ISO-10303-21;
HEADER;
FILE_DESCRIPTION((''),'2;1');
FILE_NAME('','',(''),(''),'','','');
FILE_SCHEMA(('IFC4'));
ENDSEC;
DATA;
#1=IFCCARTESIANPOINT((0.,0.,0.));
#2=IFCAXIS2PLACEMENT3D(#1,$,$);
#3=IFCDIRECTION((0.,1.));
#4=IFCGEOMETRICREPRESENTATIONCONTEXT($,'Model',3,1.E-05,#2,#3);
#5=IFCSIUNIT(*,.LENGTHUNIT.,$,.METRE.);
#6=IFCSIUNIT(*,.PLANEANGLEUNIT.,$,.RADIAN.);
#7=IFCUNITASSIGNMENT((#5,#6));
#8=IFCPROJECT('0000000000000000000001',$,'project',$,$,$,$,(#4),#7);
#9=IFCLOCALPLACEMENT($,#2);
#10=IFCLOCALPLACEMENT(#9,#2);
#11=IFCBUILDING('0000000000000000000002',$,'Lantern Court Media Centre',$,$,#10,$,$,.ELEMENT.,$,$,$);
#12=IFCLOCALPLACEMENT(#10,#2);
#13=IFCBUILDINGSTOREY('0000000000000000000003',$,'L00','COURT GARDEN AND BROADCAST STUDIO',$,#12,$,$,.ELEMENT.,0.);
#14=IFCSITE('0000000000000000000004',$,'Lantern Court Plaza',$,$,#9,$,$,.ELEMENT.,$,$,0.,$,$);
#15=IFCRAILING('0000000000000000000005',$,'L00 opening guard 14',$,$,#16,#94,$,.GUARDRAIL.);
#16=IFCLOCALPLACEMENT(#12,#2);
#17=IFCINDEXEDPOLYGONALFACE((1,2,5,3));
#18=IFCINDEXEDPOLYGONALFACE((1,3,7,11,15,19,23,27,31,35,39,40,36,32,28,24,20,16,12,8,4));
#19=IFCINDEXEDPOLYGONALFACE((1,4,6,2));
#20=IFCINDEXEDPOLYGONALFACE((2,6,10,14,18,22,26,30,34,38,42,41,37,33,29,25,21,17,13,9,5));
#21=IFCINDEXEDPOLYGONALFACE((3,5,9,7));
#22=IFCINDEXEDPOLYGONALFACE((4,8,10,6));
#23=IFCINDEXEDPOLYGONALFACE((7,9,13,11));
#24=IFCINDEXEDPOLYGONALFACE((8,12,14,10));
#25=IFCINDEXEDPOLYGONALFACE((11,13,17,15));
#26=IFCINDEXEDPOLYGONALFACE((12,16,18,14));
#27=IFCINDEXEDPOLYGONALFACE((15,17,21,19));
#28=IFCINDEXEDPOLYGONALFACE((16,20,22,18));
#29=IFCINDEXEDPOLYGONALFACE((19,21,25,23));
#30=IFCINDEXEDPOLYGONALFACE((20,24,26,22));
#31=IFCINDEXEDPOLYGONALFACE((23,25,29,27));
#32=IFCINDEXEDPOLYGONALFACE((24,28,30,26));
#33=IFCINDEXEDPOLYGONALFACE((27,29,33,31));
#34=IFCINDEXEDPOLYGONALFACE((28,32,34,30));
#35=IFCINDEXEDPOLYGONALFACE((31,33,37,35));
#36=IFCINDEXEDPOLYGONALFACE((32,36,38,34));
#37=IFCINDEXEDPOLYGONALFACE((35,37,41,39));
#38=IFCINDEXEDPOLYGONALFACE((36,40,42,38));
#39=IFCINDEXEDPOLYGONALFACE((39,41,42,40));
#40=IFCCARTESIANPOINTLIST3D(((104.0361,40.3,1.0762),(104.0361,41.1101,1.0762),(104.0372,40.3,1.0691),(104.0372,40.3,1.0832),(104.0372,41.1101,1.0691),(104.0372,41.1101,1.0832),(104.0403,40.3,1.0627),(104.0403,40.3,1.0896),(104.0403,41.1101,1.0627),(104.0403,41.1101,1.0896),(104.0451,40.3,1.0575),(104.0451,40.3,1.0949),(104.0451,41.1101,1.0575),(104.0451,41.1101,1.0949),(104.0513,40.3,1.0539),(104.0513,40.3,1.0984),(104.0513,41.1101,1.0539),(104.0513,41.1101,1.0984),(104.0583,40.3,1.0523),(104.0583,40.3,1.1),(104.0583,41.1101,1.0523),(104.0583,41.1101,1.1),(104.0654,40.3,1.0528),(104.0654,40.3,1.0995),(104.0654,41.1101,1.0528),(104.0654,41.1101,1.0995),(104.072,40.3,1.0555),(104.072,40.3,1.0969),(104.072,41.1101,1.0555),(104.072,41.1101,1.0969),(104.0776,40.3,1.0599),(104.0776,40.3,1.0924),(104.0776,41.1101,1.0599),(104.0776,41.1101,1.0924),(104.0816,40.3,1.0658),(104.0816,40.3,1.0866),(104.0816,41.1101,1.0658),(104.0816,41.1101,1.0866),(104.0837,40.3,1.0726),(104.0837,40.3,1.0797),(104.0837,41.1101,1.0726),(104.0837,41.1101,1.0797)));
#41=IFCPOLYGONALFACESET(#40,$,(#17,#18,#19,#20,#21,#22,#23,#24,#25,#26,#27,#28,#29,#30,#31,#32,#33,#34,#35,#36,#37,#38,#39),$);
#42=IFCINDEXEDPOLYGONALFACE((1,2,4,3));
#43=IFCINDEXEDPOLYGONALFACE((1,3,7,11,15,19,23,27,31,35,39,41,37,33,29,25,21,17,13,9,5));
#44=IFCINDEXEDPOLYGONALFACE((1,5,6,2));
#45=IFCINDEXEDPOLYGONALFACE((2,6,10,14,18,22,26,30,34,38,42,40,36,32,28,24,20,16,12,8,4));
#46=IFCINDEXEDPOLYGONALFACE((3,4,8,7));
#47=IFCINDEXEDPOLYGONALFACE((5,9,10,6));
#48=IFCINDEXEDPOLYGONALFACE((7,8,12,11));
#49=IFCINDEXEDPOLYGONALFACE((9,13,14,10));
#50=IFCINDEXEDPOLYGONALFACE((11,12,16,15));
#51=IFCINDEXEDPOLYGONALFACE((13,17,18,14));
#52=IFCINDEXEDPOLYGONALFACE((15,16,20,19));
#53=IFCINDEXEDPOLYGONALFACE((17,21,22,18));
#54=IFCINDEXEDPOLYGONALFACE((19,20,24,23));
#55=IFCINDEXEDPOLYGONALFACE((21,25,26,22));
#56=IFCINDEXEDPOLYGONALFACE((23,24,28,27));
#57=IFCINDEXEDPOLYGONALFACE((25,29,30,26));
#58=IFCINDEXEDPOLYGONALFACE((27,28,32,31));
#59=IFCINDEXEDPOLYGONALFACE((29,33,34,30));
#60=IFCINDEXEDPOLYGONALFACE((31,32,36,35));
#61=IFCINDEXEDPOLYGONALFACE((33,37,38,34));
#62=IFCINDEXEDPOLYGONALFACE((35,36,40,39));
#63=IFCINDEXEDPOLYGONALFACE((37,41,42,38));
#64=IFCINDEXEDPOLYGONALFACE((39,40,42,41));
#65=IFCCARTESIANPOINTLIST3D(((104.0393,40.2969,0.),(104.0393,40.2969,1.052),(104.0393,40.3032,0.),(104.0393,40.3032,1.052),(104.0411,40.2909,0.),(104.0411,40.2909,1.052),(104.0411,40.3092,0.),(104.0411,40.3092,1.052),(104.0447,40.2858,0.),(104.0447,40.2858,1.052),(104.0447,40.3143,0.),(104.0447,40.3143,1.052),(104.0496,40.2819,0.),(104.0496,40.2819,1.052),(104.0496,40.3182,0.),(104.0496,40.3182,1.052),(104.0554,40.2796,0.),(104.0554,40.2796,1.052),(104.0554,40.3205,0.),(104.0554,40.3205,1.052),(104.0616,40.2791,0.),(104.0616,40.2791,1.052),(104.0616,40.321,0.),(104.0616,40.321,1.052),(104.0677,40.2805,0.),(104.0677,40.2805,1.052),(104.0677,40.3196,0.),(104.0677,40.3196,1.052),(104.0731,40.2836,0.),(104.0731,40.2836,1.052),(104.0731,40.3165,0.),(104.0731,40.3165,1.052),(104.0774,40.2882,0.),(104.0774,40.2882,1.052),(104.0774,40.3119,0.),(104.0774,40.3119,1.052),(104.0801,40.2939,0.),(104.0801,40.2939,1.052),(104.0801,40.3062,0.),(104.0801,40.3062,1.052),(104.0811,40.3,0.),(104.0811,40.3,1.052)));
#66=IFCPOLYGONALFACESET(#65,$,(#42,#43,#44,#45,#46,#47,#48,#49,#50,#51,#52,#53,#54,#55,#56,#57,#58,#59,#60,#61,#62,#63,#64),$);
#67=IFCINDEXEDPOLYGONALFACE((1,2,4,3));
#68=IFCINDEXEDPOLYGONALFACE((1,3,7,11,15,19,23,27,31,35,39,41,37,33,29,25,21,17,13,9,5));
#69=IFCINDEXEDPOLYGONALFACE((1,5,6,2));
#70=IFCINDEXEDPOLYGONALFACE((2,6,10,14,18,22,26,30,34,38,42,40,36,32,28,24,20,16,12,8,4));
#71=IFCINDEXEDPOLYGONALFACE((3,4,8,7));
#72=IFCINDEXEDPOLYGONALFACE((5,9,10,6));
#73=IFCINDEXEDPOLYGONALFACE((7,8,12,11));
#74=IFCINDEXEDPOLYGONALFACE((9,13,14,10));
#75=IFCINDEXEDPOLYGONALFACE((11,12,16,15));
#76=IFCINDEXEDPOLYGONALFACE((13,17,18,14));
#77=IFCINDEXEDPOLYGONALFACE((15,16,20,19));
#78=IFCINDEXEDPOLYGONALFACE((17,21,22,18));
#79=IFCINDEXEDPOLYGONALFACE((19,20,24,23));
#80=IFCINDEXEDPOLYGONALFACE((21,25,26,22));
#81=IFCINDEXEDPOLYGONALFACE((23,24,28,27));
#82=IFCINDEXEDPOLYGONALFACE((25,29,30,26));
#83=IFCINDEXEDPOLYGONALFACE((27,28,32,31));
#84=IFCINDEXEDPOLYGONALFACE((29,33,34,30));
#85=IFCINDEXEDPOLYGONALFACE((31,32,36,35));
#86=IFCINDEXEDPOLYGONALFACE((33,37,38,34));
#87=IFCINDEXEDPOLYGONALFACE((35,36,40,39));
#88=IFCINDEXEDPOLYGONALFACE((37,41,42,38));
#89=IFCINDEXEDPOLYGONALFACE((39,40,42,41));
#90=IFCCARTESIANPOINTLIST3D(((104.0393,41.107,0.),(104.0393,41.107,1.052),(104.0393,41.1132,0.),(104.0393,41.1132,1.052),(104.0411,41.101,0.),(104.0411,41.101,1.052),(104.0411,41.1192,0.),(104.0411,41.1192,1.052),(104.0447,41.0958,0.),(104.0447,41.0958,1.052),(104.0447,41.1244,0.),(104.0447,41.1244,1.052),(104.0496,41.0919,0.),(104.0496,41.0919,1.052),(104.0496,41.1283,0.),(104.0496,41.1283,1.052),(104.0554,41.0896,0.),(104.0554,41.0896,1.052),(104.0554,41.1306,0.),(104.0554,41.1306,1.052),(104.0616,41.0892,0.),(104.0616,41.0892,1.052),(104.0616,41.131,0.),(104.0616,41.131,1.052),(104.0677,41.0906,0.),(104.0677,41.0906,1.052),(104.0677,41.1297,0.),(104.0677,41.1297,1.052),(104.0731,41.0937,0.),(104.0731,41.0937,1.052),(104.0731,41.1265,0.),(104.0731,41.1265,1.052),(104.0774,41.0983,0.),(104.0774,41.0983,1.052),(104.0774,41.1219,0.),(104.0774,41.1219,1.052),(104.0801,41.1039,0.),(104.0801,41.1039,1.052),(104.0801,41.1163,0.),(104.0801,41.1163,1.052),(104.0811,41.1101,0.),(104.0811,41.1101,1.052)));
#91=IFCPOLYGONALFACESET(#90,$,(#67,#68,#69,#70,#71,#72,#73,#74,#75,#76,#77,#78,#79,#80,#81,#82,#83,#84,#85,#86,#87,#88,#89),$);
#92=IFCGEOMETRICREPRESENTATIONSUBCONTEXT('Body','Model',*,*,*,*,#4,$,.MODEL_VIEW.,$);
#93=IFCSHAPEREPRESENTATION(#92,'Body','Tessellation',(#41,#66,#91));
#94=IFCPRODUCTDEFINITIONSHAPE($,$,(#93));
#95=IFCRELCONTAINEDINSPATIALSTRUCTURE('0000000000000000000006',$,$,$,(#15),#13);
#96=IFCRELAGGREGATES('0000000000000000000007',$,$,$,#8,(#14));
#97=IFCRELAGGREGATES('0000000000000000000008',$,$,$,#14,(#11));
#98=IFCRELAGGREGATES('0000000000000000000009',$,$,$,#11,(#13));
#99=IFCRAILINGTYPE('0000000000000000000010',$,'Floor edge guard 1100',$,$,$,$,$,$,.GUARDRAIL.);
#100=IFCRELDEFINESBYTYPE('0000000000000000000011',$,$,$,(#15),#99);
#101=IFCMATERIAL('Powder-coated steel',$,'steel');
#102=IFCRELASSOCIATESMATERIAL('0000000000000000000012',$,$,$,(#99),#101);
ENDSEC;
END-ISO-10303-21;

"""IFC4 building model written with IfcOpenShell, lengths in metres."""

from ifc_helpers import new_model, si_unit, direction, frame, origin, origin_2d, place, context, subcontext, project, spatial, circle, extrude, material, type_object, element, save


model = new_model("IFC4")

# Units and contexts
model_context = context("Model", 3, precision=1e-05, world=origin(), true_north=direction((0.0, 1.0)))
body_context = subcontext(model_context, "Body", "Model", "MODEL_VIEW")
ifc_project = project(units=[si_unit("LENGTHUNIT", "METRE"), si_unit("PLANEANGLEUNIT", "RADIAN")], contexts=[model_context])

# Site, building, storey
site_placement = place(None, origin())
site = spatial("IfcSite", under=ifc_project, at=site_placement, Name="Lantern Court Plaza", CompositionType="ELEMENT", RefElevation=0.0)
building_placement = place(site_placement, origin())
building = spatial("IfcBuilding", under=site, at=building_placement, Name="Lantern Court Media Centre", CompositionType="ELEMENT")
storey_placement = place(building_placement, origin())
storey = spatial("IfcBuildingStorey", under=building, at=storey_placement, Name="L00", Description="COURT GARDEN AND BROADCAST STUDIO", CompositionType="ELEMENT", Elevation=0.0)

# Railing
ifc_material_1 = material(Name="Powder-coated steel", Category="steel")
railing_type_1 = type_object("IfcRailingType", Name="Floor edge guard 1100", PredefinedType="GUARDRAIL", material=ifc_material_1)
railing_1_placement = place(storey_placement, frame((104.0601, 40.3, 0.0)))
element("IfcRailing", 1, at=railing_1_placement, inside=storey, type_object=railing_type_1, Name="L00 opening guard 14", PredefinedType="GUARDRAIL", context=body_context, shape_type="SweptSolid", body=[
    extrude(circle(Radius=0.0239, at=origin_2d()), frame((0.0, 0.0, 1.0762), z_axis=(0.0, 1.0, 0.0), x_axis=(-1.0, 0.0, 0.0)), (0.0, 0.0, 1.0), 0.8101),
    extrude(circle(Radius=0.021, at=origin_2d()), origin(), (0.0, 0.0, 1.0), 1.052),
    extrude(circle(Radius=0.021, at=origin_2d()), frame((0.0, 0.8101, 0.0)), (0.0, 0.0, 1.0), 1.052),
])

save(model, "model.ifc")
